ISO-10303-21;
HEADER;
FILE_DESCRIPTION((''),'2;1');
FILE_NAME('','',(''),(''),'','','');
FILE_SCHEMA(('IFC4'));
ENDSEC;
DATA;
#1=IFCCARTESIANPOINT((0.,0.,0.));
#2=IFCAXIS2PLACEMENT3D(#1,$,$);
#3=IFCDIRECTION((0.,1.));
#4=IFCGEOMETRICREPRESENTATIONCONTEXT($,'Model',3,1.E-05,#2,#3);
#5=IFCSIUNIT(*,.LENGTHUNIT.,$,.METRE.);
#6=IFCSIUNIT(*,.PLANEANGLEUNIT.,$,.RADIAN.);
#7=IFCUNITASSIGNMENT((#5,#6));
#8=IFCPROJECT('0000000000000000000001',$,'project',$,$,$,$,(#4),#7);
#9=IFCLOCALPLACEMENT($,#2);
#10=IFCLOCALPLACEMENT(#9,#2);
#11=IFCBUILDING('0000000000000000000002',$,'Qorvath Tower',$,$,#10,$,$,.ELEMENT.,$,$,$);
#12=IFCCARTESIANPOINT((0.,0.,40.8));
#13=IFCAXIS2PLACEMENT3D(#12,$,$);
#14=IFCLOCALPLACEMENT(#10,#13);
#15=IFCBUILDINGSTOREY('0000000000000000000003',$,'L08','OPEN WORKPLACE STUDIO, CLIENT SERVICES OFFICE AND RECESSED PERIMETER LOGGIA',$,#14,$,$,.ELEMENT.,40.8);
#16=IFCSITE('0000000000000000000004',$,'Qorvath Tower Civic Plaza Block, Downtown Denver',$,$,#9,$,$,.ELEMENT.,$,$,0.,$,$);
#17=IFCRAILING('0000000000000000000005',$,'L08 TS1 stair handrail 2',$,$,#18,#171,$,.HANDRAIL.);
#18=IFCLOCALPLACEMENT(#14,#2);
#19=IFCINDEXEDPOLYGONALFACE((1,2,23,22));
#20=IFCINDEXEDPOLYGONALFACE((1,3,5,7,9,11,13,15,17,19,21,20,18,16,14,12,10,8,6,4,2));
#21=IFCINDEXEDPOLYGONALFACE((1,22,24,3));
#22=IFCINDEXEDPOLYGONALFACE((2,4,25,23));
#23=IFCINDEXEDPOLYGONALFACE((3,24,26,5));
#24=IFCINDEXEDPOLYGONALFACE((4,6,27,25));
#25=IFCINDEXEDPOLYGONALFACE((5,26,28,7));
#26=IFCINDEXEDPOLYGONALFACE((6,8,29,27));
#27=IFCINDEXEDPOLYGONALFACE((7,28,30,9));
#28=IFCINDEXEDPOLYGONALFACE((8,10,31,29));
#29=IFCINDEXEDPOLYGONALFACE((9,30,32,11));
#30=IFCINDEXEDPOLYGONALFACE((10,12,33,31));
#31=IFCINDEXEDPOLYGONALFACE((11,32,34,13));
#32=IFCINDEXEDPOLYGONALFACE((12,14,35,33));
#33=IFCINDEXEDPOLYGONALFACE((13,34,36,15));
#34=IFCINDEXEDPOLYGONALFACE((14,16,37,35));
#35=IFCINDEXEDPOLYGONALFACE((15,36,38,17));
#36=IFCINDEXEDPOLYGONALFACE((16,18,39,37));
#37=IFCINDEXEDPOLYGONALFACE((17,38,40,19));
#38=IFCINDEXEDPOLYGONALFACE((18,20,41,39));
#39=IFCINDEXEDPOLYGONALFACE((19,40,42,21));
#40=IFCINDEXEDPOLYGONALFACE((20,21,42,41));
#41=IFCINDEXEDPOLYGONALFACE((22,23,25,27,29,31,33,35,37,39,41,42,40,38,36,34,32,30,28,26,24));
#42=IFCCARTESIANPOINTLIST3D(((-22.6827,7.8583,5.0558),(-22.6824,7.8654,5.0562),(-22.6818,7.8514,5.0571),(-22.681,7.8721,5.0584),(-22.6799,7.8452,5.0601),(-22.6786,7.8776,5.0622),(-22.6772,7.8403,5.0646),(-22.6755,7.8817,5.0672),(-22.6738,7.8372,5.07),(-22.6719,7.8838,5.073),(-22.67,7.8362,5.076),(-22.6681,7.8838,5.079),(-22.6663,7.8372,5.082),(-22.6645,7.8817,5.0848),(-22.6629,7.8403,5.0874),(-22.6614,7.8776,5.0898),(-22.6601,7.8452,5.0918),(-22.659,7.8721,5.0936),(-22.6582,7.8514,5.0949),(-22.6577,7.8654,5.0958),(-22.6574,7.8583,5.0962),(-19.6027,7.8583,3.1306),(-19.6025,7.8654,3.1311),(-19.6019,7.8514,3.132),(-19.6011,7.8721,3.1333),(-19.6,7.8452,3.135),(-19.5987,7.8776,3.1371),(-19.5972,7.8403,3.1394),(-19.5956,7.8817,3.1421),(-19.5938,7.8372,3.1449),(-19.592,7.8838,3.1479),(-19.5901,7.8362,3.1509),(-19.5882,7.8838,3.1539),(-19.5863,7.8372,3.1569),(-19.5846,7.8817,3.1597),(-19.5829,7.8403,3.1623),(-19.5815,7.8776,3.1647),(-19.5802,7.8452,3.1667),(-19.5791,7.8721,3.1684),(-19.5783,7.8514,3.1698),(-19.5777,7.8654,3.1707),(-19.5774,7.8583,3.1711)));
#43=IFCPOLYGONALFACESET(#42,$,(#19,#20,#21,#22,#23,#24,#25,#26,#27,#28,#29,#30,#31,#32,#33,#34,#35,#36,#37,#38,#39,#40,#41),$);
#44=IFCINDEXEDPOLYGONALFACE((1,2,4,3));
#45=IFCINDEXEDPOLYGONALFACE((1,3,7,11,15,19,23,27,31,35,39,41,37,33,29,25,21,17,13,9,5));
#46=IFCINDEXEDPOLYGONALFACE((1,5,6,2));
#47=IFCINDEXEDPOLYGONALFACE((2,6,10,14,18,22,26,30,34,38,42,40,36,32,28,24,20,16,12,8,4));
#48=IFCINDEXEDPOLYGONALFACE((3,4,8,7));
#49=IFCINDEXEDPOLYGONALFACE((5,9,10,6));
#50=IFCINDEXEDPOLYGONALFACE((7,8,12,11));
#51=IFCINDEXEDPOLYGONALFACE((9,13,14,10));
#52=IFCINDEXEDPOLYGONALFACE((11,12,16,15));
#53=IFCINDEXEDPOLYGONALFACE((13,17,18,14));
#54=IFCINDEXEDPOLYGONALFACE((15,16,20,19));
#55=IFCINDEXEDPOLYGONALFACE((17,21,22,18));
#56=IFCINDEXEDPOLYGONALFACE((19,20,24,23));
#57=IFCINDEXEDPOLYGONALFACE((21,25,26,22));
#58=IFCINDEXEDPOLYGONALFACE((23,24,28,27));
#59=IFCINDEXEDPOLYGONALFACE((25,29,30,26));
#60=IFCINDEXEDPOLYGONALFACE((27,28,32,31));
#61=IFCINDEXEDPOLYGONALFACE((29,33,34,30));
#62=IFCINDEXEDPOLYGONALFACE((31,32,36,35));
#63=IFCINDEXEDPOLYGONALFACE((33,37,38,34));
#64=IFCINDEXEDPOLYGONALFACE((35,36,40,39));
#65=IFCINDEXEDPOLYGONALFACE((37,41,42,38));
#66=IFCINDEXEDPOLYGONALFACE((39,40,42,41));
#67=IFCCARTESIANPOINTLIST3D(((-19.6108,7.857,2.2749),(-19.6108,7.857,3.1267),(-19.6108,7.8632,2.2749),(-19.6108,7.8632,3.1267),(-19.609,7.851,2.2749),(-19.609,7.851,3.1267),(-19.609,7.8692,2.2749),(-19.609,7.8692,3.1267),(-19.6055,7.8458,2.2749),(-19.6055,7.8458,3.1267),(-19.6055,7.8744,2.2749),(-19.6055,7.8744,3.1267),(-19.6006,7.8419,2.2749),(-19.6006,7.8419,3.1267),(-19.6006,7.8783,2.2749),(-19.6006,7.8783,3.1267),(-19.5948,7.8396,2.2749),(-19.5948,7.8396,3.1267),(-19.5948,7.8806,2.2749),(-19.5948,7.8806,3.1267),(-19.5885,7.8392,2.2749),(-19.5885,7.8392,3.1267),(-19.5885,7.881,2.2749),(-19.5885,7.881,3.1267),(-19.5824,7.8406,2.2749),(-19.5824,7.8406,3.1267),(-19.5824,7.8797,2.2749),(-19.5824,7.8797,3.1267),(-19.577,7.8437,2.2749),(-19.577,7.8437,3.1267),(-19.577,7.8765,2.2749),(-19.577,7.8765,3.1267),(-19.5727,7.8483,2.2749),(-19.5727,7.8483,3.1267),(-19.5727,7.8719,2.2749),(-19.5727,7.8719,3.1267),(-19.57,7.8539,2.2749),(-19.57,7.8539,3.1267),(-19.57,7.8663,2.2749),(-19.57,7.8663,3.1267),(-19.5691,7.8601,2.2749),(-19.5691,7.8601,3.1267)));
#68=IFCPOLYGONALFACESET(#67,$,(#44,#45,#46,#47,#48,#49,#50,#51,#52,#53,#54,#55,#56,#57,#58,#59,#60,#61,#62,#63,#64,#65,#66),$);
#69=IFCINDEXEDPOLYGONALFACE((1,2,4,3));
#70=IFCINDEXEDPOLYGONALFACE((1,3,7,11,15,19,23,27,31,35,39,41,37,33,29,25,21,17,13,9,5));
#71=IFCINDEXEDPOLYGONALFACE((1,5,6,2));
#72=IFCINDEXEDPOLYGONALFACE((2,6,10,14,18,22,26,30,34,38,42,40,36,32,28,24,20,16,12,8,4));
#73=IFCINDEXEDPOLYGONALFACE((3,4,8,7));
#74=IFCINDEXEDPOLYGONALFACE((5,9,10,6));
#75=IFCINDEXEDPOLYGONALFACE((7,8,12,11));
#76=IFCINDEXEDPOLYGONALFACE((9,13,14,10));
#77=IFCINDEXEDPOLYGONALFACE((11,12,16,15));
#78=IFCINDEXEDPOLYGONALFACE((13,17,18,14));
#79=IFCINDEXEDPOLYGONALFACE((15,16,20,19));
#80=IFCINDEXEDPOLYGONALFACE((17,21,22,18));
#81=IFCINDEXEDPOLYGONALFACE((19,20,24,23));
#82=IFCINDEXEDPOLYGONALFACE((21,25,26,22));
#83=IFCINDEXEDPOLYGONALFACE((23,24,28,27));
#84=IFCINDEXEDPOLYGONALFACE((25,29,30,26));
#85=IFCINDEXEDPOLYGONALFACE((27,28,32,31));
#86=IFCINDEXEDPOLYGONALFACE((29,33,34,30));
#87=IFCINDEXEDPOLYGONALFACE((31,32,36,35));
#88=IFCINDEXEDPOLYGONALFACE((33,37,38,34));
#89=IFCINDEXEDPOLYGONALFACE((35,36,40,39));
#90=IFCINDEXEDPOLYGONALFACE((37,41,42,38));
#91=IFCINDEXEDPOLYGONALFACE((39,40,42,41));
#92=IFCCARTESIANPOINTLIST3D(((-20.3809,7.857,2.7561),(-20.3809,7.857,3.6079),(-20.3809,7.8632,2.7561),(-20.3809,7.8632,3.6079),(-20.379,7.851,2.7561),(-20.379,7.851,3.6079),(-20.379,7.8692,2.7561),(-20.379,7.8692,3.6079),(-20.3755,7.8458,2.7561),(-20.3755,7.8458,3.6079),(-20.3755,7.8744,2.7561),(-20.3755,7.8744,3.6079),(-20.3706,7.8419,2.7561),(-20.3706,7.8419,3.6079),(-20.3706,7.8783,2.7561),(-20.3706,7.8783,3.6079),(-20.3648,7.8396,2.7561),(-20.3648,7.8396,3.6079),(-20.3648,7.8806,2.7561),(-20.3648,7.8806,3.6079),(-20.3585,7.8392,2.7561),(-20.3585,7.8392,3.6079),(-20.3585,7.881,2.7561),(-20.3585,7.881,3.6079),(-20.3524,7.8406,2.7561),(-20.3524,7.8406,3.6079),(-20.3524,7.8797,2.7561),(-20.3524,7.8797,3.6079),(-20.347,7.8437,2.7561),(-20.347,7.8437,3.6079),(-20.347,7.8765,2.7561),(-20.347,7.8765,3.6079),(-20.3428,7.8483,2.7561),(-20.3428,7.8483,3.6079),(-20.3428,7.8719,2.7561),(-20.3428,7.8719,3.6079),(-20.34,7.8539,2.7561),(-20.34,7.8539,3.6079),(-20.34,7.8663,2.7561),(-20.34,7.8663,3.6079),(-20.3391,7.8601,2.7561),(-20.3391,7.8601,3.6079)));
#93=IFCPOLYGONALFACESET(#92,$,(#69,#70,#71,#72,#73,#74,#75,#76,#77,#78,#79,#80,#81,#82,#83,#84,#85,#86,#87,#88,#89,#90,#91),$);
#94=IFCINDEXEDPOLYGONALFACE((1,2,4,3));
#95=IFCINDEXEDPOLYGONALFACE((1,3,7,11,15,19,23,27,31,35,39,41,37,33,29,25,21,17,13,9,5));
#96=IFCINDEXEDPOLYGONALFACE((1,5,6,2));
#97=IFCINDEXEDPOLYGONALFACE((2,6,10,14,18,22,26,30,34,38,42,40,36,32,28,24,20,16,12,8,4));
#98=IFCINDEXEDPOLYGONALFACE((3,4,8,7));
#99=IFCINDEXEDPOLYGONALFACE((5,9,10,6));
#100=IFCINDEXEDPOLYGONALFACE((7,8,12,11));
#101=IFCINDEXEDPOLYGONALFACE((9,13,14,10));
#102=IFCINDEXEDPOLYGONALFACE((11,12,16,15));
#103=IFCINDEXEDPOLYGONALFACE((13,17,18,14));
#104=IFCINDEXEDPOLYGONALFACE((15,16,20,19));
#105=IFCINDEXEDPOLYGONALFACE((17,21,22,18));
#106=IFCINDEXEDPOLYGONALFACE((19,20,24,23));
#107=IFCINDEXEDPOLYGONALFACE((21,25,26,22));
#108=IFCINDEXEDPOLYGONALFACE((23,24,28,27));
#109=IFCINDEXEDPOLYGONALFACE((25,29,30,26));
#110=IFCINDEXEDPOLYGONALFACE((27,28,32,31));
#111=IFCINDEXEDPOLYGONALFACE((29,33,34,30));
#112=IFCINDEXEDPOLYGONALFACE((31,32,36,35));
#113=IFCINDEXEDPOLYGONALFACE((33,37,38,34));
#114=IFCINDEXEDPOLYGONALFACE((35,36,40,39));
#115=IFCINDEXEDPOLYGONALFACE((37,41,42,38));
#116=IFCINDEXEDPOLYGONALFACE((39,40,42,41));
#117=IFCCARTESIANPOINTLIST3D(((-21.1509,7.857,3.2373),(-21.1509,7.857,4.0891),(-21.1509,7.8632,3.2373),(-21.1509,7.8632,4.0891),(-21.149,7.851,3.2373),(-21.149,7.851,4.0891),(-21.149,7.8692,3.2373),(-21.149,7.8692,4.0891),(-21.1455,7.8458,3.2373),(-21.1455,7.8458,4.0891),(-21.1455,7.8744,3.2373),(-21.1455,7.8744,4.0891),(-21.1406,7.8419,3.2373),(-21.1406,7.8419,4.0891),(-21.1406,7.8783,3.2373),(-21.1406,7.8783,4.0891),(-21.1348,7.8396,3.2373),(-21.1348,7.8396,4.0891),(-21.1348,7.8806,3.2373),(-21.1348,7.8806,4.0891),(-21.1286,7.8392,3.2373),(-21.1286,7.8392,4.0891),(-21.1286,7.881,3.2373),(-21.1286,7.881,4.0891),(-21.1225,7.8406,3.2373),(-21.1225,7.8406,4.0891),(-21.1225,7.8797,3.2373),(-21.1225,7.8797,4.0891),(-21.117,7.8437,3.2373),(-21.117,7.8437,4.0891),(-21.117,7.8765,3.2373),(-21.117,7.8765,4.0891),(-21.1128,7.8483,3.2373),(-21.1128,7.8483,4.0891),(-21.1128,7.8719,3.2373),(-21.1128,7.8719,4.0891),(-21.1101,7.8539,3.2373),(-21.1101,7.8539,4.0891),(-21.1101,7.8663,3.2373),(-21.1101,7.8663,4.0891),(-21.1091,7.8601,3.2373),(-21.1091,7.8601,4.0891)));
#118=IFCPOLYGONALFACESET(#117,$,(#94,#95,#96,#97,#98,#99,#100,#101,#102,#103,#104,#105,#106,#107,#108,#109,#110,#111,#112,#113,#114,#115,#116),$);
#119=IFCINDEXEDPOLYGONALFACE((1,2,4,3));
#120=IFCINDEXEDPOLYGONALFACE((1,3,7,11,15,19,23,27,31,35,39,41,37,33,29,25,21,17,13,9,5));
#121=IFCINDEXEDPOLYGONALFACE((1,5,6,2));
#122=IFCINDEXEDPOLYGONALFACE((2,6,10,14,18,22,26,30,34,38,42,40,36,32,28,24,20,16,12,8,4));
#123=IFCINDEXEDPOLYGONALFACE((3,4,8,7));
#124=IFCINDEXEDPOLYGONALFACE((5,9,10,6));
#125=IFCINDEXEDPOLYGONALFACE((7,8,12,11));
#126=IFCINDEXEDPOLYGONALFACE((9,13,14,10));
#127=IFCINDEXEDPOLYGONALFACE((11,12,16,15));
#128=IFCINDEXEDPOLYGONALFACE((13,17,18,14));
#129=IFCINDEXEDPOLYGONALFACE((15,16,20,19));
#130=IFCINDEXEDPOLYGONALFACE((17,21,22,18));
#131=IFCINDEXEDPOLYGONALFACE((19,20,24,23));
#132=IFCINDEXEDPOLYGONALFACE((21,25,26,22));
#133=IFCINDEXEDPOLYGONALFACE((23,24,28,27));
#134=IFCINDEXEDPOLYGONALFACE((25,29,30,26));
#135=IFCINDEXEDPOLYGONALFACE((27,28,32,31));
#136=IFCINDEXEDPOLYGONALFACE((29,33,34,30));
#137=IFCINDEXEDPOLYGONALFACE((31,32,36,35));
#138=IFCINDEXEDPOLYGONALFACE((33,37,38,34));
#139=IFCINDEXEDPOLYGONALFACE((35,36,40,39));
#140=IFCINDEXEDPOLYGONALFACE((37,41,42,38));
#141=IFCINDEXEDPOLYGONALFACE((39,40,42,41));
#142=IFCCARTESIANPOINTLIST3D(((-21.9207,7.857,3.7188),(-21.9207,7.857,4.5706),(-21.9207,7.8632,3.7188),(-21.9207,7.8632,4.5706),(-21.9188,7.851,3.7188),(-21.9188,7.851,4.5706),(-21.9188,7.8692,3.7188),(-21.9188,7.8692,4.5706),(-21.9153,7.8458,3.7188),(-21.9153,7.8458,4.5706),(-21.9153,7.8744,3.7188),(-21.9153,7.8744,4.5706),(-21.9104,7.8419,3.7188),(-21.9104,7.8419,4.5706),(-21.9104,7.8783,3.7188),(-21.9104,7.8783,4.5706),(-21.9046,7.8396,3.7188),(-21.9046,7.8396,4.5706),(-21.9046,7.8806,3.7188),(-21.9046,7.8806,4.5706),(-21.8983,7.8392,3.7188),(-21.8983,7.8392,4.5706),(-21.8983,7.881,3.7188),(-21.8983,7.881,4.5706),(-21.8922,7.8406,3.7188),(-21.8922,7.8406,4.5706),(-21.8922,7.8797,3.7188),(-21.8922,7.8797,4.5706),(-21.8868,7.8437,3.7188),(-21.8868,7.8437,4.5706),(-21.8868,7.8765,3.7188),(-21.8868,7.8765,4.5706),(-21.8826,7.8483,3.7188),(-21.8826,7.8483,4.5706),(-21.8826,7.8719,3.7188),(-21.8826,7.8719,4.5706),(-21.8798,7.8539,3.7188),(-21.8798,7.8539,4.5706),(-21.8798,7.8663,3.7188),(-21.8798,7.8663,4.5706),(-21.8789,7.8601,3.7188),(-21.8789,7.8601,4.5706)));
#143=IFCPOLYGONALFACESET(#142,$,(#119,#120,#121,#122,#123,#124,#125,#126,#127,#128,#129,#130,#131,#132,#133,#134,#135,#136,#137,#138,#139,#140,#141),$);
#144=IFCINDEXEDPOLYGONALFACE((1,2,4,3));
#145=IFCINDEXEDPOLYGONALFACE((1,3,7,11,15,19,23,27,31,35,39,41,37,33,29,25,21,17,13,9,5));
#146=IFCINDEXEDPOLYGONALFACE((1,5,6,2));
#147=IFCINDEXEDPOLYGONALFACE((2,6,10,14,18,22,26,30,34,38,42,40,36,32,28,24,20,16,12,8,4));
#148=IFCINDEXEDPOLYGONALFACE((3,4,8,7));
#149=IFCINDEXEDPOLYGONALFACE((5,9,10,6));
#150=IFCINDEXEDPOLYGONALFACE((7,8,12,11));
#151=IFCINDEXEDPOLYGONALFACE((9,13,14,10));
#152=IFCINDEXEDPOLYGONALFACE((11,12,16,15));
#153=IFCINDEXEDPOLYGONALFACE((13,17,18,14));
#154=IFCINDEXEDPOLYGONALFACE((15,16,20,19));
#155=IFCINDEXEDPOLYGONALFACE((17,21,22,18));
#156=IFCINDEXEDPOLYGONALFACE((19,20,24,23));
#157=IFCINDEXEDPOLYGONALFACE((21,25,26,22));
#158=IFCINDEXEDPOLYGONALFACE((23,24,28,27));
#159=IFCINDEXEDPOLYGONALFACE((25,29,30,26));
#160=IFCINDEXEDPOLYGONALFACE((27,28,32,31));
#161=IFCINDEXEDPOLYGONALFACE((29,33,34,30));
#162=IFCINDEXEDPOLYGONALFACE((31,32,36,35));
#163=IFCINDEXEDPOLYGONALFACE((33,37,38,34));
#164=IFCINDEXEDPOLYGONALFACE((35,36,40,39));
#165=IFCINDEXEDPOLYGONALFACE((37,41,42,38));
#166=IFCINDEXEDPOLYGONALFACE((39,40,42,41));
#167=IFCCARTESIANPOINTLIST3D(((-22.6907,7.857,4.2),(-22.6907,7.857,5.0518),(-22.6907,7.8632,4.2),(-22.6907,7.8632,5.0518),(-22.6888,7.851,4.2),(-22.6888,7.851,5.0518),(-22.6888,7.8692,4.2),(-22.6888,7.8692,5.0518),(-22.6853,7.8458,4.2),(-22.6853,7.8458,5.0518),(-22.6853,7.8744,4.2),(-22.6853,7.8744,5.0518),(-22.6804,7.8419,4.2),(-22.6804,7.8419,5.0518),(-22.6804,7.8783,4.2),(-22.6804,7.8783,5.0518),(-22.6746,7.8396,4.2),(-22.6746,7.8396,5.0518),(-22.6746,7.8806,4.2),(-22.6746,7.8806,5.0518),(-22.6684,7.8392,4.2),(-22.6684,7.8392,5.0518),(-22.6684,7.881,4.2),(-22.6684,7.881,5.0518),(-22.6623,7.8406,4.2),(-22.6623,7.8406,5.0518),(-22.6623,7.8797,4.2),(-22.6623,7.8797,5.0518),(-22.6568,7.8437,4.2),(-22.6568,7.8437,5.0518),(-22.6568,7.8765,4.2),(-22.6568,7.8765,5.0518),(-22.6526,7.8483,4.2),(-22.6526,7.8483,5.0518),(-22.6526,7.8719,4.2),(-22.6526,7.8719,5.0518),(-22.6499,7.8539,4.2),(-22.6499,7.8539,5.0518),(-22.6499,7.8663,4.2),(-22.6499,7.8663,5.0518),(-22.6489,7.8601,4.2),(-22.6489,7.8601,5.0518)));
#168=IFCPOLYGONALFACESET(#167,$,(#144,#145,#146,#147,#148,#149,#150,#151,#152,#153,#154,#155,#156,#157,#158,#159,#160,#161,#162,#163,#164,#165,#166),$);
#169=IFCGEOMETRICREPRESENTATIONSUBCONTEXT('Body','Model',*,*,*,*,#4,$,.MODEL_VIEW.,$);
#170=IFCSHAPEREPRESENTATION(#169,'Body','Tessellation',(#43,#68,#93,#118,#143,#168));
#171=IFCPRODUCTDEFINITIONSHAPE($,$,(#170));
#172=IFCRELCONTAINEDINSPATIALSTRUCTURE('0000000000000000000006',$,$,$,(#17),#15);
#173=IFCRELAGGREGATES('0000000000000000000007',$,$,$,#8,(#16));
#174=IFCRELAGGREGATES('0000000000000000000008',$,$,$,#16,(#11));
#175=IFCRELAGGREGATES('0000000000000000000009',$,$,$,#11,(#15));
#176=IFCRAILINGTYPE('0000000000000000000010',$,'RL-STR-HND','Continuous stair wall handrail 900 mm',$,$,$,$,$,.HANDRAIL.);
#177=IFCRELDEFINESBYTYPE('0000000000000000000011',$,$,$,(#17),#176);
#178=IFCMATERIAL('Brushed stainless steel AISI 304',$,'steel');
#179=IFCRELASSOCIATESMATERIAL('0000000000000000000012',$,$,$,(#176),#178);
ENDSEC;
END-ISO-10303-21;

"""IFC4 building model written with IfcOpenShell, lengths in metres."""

from ifc_helpers import new_model, si_unit, direction, frame, origin, origin_2d, place, context, subcontext, project, spatial, circle, extrude, material, type_object, element, save


model = new_model("IFC4")

# Units and contexts
model_context = context("Model", 3, precision=1e-05, world=origin(), true_north=direction((0.0, 1.0)))
body_context = subcontext(model_context, "Body", "Model", "MODEL_VIEW")
ifc_project = project(units=[si_unit("LENGTHUNIT", "METRE"), si_unit("PLANEANGLEUNIT", "RADIAN")], contexts=[model_context])

# Site, building, storey
site_placement = place(None, origin())
site = spatial("IfcSite", under=ifc_project, at=site_placement, Name="Qorvath Tower Civic Plaza Block, Downtown Denver", CompositionType="ELEMENT", RefElevation=0.0)
building_placement = place(site_placement, origin())
building = spatial("IfcBuilding", under=site, at=building_placement, Name="Qorvath Tower", CompositionType="ELEMENT")
storey_placement = place(building_placement, frame((0.0, 0.0, 40.8)))
storey = spatial("IfcBuildingStorey", under=building, at=storey_placement, Name="L08", Description="OPEN WORKPLACE STUDIO, CLIENT SERVICES OFFICE AND RECESSED PERIMETER LOGGIA", CompositionType="ELEMENT", Elevation=40.8)

# Railing
ifc_material_1 = material(Name="Brushed stainless steel AISI 304", Category="steel")
railing_type = type_object("IfcRailingType", Name="RL-STR-HND", Description="Continuous stair wall handrail 900 mm", PredefinedType="HANDRAIL", material=ifc_material_1)
railing_placement = place(storey_placement, frame((-19.5901, 7.8601, 2.2749)))
element("IfcRailing", 1, at=railing_placement, inside=storey, type_object=railing_type, Name="L08 TS1 stair handrail 2", PredefinedType="HANDRAIL", context=body_context, shape_type="SweptSolid", body=[
    extrude(circle(Radius=0.0239, at=origin_2d()), frame((0.0, 0.0, 0.876), z_axis=(-0.847979, 0.0, 0.530029), x_axis=(0.0, -1.0, 0.0)), (0.0, 0.0, 1.0), 3.6321),
    extrude(circle(Radius=0.021, at=origin_2d()), origin(), (0.0, 0.0, 1.0), 0.8518),
    extrude(circle(Radius=0.021, at=origin_2d()), frame((-0.77, 0.0, 0.4812)), (0.0, 0.0, 1.0), 0.8518),
    extrude(circle(Radius=0.021, at=origin_2d()), frame((-1.54, 0.0, 0.9624)), (0.0, 0.0, 1.0), 0.8518),
    extrude(circle(Radius=0.021, at=origin_2d()), frame((-2.3098, 0.0, 1.4438)), (0.0, 0.0, 1.0), 0.8518),
    extrude(circle(Radius=0.021, at=origin_2d()), frame((-3.0798, 0.0, 1.925)), (0.0, 0.0, 1.0), 0.8518),
])

save(model, "model.ifc")
